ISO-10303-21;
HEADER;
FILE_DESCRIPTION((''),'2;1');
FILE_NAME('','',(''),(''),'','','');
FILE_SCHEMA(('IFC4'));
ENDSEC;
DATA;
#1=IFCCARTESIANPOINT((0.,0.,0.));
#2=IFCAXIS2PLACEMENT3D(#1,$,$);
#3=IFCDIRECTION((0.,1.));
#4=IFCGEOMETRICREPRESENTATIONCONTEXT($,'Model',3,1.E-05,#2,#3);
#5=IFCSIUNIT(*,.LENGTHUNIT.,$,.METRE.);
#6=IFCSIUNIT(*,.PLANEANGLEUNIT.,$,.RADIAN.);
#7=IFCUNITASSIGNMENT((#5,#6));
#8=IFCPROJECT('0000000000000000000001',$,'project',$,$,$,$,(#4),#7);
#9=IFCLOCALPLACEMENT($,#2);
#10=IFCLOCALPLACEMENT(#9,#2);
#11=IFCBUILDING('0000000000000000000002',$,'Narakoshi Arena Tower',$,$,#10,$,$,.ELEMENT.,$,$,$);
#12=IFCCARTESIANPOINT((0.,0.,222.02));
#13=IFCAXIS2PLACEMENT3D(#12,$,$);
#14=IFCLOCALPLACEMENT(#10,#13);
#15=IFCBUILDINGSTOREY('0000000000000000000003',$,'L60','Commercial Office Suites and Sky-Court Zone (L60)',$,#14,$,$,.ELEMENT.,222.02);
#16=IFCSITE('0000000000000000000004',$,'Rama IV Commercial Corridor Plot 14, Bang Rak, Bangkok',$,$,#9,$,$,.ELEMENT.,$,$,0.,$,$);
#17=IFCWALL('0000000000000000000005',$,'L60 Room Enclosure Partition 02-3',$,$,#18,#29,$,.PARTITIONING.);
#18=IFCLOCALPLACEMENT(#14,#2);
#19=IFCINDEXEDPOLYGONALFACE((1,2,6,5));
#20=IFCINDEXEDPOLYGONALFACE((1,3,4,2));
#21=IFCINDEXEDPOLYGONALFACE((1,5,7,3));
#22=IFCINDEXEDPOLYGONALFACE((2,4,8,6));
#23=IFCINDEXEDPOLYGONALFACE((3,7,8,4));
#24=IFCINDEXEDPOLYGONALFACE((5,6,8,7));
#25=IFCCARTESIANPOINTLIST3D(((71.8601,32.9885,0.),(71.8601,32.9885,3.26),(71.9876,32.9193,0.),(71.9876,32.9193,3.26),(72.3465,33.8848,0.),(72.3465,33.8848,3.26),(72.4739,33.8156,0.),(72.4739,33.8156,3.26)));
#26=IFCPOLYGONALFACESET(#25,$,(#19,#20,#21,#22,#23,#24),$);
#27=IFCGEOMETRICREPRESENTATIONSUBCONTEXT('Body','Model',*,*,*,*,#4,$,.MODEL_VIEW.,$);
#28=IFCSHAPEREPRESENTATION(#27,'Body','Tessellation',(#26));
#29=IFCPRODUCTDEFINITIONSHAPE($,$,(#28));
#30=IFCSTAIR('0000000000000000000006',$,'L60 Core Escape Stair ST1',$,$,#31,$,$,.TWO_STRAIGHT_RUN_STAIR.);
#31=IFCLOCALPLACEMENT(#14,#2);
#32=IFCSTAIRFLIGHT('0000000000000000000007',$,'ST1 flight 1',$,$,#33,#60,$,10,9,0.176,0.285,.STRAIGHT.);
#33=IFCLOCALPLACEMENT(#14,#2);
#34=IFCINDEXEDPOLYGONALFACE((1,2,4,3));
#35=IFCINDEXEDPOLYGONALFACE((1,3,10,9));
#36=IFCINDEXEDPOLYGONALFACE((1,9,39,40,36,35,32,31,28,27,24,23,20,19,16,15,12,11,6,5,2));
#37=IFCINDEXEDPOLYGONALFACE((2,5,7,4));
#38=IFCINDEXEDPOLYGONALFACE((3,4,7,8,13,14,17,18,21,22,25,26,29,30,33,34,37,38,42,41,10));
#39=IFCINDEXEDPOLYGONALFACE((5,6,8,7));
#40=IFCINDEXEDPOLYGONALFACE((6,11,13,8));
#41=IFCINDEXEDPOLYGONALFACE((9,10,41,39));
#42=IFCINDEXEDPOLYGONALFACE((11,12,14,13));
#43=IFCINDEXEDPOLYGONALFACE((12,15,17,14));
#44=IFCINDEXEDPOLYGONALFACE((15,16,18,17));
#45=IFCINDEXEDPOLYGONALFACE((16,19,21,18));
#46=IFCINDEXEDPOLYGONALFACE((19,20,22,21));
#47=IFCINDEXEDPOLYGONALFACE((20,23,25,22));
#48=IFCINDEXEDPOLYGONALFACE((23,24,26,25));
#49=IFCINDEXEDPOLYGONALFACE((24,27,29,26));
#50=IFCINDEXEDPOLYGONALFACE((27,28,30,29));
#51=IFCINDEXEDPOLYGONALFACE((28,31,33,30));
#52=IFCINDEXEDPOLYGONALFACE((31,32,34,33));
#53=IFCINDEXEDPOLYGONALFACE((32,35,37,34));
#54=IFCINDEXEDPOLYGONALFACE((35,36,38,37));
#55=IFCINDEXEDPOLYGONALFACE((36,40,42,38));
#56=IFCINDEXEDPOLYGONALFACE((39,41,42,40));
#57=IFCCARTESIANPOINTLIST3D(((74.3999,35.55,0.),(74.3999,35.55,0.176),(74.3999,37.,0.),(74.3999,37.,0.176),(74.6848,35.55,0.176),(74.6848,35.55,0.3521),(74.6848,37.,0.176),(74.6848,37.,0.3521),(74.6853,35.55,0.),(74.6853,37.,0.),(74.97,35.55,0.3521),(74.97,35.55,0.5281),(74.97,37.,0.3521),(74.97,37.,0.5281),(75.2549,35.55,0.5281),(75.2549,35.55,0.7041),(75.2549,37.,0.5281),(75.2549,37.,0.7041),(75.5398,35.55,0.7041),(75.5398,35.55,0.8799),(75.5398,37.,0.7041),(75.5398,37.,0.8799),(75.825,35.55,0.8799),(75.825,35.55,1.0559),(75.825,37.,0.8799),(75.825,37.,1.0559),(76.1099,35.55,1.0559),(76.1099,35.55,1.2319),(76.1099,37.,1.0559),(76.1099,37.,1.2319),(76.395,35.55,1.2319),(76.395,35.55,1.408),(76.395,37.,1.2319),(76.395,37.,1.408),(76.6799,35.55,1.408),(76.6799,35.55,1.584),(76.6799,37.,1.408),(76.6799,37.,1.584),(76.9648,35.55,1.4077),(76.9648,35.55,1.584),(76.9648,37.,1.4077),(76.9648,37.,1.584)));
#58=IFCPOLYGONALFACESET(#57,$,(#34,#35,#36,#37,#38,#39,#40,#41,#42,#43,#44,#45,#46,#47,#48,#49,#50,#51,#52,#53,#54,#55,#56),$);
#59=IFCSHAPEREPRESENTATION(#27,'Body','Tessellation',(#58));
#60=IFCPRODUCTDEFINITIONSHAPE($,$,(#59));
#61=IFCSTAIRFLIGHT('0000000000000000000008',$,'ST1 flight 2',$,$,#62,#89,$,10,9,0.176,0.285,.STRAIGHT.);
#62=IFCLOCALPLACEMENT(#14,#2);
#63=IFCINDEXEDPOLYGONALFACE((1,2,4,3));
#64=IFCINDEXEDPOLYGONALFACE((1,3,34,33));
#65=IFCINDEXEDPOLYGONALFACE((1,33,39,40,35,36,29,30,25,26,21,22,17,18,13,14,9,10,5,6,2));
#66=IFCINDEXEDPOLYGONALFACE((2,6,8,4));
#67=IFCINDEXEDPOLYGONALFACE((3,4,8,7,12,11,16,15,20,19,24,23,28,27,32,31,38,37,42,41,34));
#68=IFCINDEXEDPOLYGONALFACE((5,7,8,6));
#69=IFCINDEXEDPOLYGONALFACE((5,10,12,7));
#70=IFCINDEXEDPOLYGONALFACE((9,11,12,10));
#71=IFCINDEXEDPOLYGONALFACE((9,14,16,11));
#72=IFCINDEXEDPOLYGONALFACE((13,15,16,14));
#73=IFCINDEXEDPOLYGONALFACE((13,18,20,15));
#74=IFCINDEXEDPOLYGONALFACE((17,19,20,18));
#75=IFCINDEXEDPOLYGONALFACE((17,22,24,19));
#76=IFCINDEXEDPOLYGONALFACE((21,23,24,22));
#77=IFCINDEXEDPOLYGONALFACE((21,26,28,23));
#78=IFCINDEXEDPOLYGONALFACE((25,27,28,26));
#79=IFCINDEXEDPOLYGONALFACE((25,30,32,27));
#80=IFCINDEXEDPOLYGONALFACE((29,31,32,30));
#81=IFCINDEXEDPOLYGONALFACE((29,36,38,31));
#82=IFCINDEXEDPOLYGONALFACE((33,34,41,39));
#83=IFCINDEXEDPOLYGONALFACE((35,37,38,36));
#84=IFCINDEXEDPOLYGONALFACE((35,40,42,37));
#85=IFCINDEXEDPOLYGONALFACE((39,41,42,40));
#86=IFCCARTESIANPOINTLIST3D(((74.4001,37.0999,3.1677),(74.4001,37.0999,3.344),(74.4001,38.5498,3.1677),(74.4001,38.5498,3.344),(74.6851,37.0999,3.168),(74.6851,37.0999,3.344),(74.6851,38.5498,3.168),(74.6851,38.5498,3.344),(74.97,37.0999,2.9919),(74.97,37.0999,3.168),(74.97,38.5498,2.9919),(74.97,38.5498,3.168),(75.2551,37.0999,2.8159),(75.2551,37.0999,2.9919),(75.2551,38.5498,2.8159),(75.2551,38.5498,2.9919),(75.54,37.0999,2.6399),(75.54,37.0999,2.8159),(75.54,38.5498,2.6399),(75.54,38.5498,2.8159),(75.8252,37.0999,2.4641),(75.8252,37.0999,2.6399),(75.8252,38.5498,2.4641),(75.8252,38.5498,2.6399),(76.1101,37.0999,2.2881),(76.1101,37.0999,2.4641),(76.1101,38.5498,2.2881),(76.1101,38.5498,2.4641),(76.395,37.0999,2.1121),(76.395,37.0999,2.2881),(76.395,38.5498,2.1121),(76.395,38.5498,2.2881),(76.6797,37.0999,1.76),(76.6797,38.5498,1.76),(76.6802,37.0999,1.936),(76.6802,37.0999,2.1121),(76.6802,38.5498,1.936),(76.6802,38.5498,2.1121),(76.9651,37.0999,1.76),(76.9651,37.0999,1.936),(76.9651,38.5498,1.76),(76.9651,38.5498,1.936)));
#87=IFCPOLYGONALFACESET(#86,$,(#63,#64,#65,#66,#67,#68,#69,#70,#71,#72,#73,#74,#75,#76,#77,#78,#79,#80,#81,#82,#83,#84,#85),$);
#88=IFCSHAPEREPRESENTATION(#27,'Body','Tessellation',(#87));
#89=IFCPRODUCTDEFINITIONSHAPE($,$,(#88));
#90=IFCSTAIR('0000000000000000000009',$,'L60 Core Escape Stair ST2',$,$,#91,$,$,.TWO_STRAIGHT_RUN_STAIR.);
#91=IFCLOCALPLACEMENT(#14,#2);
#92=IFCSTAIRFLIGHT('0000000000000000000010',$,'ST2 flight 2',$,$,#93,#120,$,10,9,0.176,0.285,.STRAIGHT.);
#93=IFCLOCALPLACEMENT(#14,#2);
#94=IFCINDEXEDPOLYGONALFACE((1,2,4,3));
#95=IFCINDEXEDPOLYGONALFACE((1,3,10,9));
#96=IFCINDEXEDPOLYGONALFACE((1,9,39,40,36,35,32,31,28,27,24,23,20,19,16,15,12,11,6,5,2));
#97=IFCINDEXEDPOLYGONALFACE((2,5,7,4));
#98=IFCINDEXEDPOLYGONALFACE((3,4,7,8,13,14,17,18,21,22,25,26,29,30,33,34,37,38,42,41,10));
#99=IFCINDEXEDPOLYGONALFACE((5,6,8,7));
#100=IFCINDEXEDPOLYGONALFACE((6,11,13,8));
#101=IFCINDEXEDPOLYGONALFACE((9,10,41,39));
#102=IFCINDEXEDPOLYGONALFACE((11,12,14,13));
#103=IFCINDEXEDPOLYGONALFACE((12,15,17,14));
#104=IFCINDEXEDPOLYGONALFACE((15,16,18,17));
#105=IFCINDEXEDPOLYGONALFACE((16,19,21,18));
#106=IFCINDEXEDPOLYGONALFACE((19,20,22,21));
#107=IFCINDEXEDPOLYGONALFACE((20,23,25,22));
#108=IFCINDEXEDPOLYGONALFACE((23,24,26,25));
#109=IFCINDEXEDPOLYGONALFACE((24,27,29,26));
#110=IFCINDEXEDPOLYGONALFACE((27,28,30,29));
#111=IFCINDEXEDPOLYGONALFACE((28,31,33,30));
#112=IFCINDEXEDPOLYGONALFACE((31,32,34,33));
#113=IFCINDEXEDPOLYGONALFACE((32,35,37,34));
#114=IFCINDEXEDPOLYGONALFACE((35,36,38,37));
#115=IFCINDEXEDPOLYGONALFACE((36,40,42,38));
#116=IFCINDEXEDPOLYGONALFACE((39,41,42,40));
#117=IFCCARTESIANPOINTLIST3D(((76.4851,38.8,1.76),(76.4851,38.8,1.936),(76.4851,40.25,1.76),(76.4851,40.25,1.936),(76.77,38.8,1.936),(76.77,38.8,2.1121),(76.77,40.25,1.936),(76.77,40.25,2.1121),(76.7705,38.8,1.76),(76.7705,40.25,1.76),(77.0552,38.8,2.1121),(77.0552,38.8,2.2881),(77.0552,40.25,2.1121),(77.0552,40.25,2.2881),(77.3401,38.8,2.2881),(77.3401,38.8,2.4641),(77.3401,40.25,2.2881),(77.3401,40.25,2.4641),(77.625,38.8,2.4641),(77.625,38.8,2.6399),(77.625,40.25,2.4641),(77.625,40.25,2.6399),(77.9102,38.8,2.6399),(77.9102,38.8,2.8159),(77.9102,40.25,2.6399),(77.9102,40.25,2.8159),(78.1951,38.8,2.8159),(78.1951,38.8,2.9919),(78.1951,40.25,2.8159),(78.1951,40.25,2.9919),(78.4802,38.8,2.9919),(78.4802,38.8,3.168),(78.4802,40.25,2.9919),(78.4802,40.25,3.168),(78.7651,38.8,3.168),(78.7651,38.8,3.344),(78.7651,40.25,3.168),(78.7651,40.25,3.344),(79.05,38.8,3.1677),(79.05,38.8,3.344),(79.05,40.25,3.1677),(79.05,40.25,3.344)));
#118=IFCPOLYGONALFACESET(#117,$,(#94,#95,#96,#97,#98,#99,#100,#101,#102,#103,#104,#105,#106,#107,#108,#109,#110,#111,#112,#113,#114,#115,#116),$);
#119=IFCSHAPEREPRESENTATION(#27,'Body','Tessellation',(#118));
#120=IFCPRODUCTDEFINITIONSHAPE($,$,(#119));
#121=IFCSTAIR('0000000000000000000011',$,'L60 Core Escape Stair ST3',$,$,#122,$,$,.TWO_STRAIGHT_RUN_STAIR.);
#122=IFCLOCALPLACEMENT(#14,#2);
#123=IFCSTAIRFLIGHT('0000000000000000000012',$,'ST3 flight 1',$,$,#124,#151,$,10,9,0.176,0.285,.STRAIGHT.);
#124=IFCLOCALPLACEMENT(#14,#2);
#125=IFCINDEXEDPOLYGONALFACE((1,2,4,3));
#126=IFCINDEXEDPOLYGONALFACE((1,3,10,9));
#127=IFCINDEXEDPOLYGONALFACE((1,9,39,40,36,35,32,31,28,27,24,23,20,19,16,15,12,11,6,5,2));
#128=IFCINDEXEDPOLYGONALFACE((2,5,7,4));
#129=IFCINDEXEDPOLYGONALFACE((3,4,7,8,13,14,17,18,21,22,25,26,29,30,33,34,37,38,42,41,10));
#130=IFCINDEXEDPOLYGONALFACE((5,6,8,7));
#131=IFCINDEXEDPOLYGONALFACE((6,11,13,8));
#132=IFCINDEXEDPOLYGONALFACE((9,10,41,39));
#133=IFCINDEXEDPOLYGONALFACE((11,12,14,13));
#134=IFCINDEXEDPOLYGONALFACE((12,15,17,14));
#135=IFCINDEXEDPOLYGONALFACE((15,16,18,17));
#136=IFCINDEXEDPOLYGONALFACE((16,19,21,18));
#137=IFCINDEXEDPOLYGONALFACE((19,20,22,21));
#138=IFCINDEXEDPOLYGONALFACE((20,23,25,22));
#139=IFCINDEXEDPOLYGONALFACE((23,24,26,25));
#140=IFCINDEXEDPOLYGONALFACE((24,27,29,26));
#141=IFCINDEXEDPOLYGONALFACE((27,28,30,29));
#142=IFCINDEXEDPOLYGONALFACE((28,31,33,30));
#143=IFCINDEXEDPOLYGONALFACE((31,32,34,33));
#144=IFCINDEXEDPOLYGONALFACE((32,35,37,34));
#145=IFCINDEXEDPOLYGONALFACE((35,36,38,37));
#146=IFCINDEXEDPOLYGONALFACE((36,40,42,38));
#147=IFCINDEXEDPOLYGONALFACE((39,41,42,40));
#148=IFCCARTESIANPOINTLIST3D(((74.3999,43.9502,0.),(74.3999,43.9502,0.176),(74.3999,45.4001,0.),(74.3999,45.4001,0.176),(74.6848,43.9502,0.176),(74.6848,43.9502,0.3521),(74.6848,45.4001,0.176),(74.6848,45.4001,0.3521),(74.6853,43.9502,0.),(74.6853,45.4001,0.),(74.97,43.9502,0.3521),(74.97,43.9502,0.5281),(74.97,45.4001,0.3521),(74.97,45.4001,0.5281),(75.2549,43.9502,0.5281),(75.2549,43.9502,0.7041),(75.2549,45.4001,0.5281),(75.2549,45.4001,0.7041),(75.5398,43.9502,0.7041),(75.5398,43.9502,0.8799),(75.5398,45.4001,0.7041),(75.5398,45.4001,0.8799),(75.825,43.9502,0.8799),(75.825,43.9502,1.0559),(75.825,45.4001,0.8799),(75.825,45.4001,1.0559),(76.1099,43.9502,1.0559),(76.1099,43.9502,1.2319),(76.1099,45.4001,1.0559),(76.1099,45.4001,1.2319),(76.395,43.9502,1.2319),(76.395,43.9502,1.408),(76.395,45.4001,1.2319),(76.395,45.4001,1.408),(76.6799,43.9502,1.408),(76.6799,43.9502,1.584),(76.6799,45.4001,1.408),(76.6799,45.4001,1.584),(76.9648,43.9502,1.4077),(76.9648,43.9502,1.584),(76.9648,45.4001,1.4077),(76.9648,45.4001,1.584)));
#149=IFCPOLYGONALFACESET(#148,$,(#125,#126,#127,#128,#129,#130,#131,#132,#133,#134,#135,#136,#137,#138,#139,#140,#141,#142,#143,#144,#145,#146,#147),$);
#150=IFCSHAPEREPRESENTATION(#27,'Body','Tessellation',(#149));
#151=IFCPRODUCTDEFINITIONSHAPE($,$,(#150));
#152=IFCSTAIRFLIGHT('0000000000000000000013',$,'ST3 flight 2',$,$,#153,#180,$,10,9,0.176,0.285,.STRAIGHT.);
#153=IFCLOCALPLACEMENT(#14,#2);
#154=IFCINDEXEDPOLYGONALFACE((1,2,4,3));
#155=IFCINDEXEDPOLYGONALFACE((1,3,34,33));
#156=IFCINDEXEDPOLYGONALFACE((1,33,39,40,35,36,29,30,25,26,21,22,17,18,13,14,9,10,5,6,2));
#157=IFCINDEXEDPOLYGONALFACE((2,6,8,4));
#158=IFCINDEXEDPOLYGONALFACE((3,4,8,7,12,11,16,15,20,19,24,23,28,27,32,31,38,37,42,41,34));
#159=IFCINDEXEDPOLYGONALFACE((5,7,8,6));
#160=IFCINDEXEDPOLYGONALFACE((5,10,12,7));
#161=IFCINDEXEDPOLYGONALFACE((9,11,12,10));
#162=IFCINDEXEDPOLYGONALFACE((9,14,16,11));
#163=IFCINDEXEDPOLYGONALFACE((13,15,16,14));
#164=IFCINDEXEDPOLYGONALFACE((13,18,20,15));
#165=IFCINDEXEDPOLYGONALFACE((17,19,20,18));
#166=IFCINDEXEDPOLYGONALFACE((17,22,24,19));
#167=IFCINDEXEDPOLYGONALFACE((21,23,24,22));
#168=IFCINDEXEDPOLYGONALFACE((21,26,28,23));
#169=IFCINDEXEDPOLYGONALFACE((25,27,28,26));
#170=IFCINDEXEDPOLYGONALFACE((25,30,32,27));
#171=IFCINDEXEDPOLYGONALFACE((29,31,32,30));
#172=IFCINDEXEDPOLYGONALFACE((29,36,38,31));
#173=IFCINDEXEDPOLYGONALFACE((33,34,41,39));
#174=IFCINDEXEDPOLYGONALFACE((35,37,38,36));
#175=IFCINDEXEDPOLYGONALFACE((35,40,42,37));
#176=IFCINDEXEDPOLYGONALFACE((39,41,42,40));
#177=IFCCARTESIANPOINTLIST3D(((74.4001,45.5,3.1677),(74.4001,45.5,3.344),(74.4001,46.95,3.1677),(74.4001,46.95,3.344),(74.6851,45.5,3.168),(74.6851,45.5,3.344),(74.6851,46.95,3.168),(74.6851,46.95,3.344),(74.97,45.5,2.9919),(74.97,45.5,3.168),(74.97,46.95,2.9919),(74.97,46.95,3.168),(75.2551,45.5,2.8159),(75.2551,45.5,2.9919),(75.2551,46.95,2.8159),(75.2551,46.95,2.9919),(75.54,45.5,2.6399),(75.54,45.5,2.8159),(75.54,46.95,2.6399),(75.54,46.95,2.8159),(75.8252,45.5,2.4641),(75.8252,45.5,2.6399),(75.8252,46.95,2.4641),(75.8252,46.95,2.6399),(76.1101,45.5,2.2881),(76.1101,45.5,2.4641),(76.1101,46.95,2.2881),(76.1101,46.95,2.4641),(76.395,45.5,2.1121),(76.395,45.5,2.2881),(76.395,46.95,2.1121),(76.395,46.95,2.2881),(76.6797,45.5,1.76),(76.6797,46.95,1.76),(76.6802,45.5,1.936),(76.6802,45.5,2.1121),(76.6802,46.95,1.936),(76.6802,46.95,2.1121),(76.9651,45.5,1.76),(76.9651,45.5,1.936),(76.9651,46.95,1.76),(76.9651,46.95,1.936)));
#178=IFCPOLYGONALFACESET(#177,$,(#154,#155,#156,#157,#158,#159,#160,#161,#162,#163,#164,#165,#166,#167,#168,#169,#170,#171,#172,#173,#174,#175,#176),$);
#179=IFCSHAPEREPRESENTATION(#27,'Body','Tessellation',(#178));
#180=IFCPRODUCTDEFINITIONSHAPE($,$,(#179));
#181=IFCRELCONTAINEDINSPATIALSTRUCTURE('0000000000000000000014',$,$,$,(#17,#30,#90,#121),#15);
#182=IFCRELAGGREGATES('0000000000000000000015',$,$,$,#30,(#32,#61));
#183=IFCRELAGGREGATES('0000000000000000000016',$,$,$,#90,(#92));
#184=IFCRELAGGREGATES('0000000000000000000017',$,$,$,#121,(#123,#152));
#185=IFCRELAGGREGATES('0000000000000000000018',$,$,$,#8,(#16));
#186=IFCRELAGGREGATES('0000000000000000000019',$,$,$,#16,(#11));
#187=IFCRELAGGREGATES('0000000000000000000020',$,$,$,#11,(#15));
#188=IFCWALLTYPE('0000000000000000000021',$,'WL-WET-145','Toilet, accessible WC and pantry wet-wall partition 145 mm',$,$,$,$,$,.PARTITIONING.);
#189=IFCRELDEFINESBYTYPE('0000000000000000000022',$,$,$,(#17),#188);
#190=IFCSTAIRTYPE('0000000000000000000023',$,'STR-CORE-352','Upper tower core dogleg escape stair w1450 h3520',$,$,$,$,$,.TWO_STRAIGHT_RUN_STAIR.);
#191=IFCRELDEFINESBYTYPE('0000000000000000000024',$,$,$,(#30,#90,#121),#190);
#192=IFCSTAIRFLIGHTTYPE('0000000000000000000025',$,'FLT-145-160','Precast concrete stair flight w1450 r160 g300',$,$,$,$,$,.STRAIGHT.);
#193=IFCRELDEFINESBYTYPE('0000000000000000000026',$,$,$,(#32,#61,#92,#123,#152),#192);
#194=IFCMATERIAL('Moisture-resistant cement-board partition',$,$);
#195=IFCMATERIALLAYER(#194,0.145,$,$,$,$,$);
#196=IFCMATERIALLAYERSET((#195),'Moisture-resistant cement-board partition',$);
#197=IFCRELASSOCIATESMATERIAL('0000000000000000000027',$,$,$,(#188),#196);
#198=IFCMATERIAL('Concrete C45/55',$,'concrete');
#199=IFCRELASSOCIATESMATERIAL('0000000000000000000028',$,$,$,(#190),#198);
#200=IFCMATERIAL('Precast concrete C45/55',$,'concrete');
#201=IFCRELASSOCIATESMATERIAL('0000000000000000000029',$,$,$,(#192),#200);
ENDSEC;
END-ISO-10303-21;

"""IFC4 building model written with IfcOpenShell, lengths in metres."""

from ifc_helpers import new_model, si_unit, direction, frame, frame_2d, origin, place, context, subcontext, project, spatial, polyline, rectangle, outline, extrude, material, layer, layer_set, type_object, element, aggregate, save


model = new_model("IFC4")

# Units and contexts
model_context = context("Model", 3, precision=1e-05, world=origin(), true_north=direction((0.0, 1.0)))
body_context = subcontext(model_context, "Body", "Model", "MODEL_VIEW")
ifc_project = project(units=[si_unit("LENGTHUNIT", "METRE"), si_unit("PLANEANGLEUNIT", "RADIAN")], contexts=[model_context])

# Site, building, storey
site_placement = place(None, origin())
site = spatial("IfcSite", under=ifc_project, at=site_placement, Name="Rama IV Commercial Corridor Plot 14, Bang Rak, Bangkok", CompositionType="ELEMENT", RefElevation=0.0)
building_placement = place(site_placement, origin())
building = spatial("IfcBuilding", under=site, at=building_placement, Name="Narakoshi Arena Tower", CompositionType="ELEMENT")
storey_placement = place(building_placement, frame((0.0, 0.0, 222.02)))
storey = spatial("IfcBuildingStorey", under=building, at=storey_placement, Name="L60", Description="Commercial Office Suites and Sky-Court Zone (L60)", CompositionType="ELEMENT", Elevation=222.02)

# Shared definitions
ifc_material_1 = material(Name="Precast concrete C45/55", Category="concrete")

# Wall
ifc_material_2 = material(Name="Moisture-resistant cement-board partition")
ifc_layer_1 = layer(ifc_material_2, 0.145)
ifc_layer_set_1 = layer_set([ifc_layer_1], Name="Moisture-resistant cement-board partition")
wall_type_1 = type_object("IfcWallType", Name="WL-WET-145", Description="Toilet, accessible WC and pantry wet-wall partition 145 mm", PredefinedType="PARTITIONING", material=ifc_layer_set_1)
wall_1_placement = place(storey_placement, frame((72.4102, 33.8501, 0.0), z_axis=(0.0, 0.0, 1.0), x_axis=(-0.476939, -0.878937, 0.0)))
element("IfcWall", 1, at=wall_1_placement, inside=storey, type_object=wall_type_1, Name="L60 Room Enclosure Partition 02-3", PredefinedType="PARTITIONING", context=body_context, shape_type="SweptSolid", body=[
    extrude(rectangle(XDim=1.0198, YDim=0.145, at=frame_2d((0.5098, 0.0))), origin(), (0.0, 0.0, 1.0), 3.26),
])

# Stair, stair flights
ifc_material_3 = material(Name="Concrete C45/55", Category="concrete")
stair_type = type_object("IfcStairType", Name="STR-CORE-352", Description="Upper tower core dogleg escape stair w1450 h3520", PredefinedType="TWO_STRAIGHT_RUN_STAIR", material=ifc_material_3)
stair_1_placement = place(storey_placement, origin())
stair_1 = element("IfcStair", 2, at=stair_1_placement, inside=storey, type_object=stair_type, Name="L60 Core Escape Stair ST1", PredefinedType="TWO_STRAIGHT_RUN_STAIR")
stair_flight_type = type_object("IfcStairFlightType", Name="FLT-145-160", Description="Precast concrete stair flight w1450 r160 g300", PredefinedType="STRAIGHT", material=ifc_material_1)
stair_flight_1_placement = place(storey_placement, frame((74.3999, 36.2749, 0.0), z_axis=(0.0, 0.0, 1.0), x_axis=(1.0, 0.0, 0.0)))
stair_flight_1 = element("IfcStairFlight", 3, at=stair_flight_1_placement, type_object=stair_flight_type, Name="ST1 flight 1", NumberOfRisers=10, NumberOfTreads=9, PredefinedType="STRAIGHT", RiserHeight=0.176, TreadLength=0.285, context=body_context, shape_type="SweptSolid", body=[
    extrude(outline(polyline([(0.0, 0.0), (0.0, 0.176), (0.2849, 0.176), (0.2849, 0.3521), (0.5701, 0.3521), (0.5701, 0.5281), (0.855, 0.5281), (0.855, 0.7041), (1.1399, 0.7041), (1.1399, 0.8799), (1.425, 0.8799), (1.425, 1.0559), (1.71, 1.0559), (1.71, 1.2319), (1.9951, 1.2319), (1.9951, 1.408), (2.28, 1.408), (2.28, 1.584), (2.5649, 1.584), (2.5649, 1.76), (2.5649, 1.4077), (0.2854, 0.0), (0.0, 0.0)])), frame((0.0, 0.7251, 0.0), z_axis=(0.0, -1.0, 0.0), x_axis=(1.0, 0.0, 0.0)), (0.0, 0.0, 1.0), 1.45),
])
stair_flight_2_placement = place(storey_placement, frame((76.9651, 37.825, 1.76), z_axis=(0.0, 0.0, 1.0), x_axis=(-1.0, 0.0, 0.0)))
stair_flight_2 = element("IfcStairFlight", 4, at=stair_flight_2_placement, type_object=stair_flight_type, Name="ST1 flight 2", NumberOfRisers=10, NumberOfTreads=9, PredefinedType="STRAIGHT", RiserHeight=0.176, TreadLength=0.285, context=body_context, shape_type="SweptSolid", body=[
    extrude(outline(polyline([(0.0, 0.0), (0.0, 0.176), (0.2849, 0.176), (0.2849, 0.3521), (0.5701, 0.3521), (0.5701, 0.5281), (0.855, 0.5281), (0.855, 0.7041), (1.1399, 0.7041), (1.1399, 0.8799), (1.425, 0.8799), (1.425, 1.0559), (1.71, 1.0559), (1.71, 1.2319), (1.9951, 1.2319), (1.9951, 1.408), (2.28, 1.408), (2.28, 1.584), (2.5649, 1.584), (2.5649, 1.76), (2.5649, 1.4077), (0.2854, 0.0), (0.0, 0.0)])), frame((0.0, 0.7251, 0.0), z_axis=(0.0, -1.0, 0.0), x_axis=(1.0, 0.0, 0.0)), (0.0, 0.0, 1.0), 1.45),
])
aggregate(stair_1, [stair_flight_1, stair_flight_2])

# Stair, stair flight
stair_2_placement = place(storey_placement, origin())
stair_2 = element("IfcStair", 5, at=stair_2_placement, inside=storey, type_object=stair_type, Name="L60 Core Escape Stair ST2", PredefinedType="TWO_STRAIGHT_RUN_STAIR")
stair_flight_3_placement = place(storey_placement, frame((76.4851, 39.5249, 1.76), z_axis=(0.0, 0.0, 1.0), x_axis=(1.0, 0.0, 0.0)))
stair_flight_3 = element("IfcStairFlight", 6, at=stair_flight_3_placement, type_object=stair_flight_type, Name="ST2 flight 2", NumberOfRisers=10, NumberOfTreads=9, PredefinedType="STRAIGHT", RiserHeight=0.176, TreadLength=0.285, context=body_context, shape_type="SweptSolid", body=[
    extrude(outline(polyline([(0.0, 0.0), (0.0, 0.176), (0.2849, 0.176), (0.2849, 0.3521), (0.5701, 0.3521), (0.5701, 0.5281), (0.855, 0.5281), (0.855, 0.7041), (1.1399, 0.7041), (1.1399, 0.8799), (1.425, 0.8799), (1.425, 1.0559), (1.71, 1.0559), (1.71, 1.2319), (1.9951, 1.2319), (1.9951, 1.408), (2.28, 1.408), (2.28, 1.584), (2.5649, 1.584), (2.5649, 1.76), (2.5649, 1.4077), (0.2854, 0.0), (0.0, 0.0)])), frame((0.0, 0.7251, 0.0), z_axis=(0.0, -1.0, 0.0), x_axis=(1.0, 0.0, 0.0)), (0.0, 0.0, 1.0), 1.45),
])
aggregate(stair_2, [stair_flight_3])

# Stair, stair flights
stair_3_placement = place(storey_placement, origin())
stair_3 = element("IfcStair", 7, at=stair_3_placement, inside=storey, type_object=stair_type, Name="L60 Core Escape Stair ST3", PredefinedType="TWO_STRAIGHT_RUN_STAIR")
stair_flight_4_placement = place(storey_placement, frame((74.3999, 44.675, 0.0), z_axis=(0.0, 0.0, 1.0), x_axis=(1.0, 0.0, 0.0)))
stair_flight_4 = element("IfcStairFlight", 8, at=stair_flight_4_placement, type_object=stair_flight_type, Name="ST3 flight 1", NumberOfRisers=10, NumberOfTreads=9, PredefinedType="STRAIGHT", RiserHeight=0.176, TreadLength=0.285, context=body_context, shape_type="SweptSolid", body=[
    extrude(outline(polyline([(0.0, 0.0), (0.0, 0.176), (0.2849, 0.176), (0.2849, 0.3521), (0.5701, 0.3521), (0.5701, 0.5281), (0.855, 0.5281), (0.855, 0.7041), (1.1399, 0.7041), (1.1399, 0.8799), (1.425, 0.8799), (1.425, 1.0559), (1.71, 1.0559), (1.71, 1.2319), (1.9951, 1.2319), (1.9951, 1.408), (2.28, 1.408), (2.28, 1.584), (2.5649, 1.584), (2.5649, 1.76), (2.5649, 1.4077), (0.2854, 0.0), (0.0, 0.0)])), frame((0.0, 0.7251, 0.0), z_axis=(0.0, -1.0, 0.0), x_axis=(1.0, 0.0, 0.0)), (0.0, 0.0, 1.0), 1.45),
])
stair_flight_5_placement = place(storey_placement, frame((76.9651, 46.2251, 1.76), z_axis=(0.0, 0.0, 1.0), x_axis=(-1.0, 0.0, 0.0)))
stair_flight_5 = element("IfcStairFlight", 9, at=stair_flight_5_placement, type_object=stair_flight_type, Name="ST3 flight 2", NumberOfRisers=10, NumberOfTreads=9, PredefinedType="STRAIGHT", RiserHeight=0.176, TreadLength=0.285, context=body_context, shape_type="SweptSolid", body=[
    extrude(outline(polyline([(0.0, 0.0), (0.0, 0.176), (0.2849, 0.176), (0.2849, 0.3521), (0.5701, 0.3521), (0.5701, 0.5281), (0.855, 0.5281), (0.855, 0.7041), (1.1399, 0.7041), (1.1399, 0.8799), (1.425, 0.8799), (1.425, 1.0559), (1.71, 1.0559), (1.71, 1.2319), (1.9951, 1.2319), (1.9951, 1.408), (2.28, 1.408), (2.28, 1.584), (2.5649, 1.584), (2.5649, 1.76), (2.5649, 1.4077), (0.2854, 0.0), (0.0, 0.0)])), frame((0.0, 0.7251, 0.0), z_axis=(0.0, -1.0, 0.0), x_axis=(1.0, 0.0, 0.0)), (0.0, 0.0, 1.0), 1.45),
])
aggregate(stair_3, [stair_flight_4, stair_flight_5])

save(model, "model.ifc")
